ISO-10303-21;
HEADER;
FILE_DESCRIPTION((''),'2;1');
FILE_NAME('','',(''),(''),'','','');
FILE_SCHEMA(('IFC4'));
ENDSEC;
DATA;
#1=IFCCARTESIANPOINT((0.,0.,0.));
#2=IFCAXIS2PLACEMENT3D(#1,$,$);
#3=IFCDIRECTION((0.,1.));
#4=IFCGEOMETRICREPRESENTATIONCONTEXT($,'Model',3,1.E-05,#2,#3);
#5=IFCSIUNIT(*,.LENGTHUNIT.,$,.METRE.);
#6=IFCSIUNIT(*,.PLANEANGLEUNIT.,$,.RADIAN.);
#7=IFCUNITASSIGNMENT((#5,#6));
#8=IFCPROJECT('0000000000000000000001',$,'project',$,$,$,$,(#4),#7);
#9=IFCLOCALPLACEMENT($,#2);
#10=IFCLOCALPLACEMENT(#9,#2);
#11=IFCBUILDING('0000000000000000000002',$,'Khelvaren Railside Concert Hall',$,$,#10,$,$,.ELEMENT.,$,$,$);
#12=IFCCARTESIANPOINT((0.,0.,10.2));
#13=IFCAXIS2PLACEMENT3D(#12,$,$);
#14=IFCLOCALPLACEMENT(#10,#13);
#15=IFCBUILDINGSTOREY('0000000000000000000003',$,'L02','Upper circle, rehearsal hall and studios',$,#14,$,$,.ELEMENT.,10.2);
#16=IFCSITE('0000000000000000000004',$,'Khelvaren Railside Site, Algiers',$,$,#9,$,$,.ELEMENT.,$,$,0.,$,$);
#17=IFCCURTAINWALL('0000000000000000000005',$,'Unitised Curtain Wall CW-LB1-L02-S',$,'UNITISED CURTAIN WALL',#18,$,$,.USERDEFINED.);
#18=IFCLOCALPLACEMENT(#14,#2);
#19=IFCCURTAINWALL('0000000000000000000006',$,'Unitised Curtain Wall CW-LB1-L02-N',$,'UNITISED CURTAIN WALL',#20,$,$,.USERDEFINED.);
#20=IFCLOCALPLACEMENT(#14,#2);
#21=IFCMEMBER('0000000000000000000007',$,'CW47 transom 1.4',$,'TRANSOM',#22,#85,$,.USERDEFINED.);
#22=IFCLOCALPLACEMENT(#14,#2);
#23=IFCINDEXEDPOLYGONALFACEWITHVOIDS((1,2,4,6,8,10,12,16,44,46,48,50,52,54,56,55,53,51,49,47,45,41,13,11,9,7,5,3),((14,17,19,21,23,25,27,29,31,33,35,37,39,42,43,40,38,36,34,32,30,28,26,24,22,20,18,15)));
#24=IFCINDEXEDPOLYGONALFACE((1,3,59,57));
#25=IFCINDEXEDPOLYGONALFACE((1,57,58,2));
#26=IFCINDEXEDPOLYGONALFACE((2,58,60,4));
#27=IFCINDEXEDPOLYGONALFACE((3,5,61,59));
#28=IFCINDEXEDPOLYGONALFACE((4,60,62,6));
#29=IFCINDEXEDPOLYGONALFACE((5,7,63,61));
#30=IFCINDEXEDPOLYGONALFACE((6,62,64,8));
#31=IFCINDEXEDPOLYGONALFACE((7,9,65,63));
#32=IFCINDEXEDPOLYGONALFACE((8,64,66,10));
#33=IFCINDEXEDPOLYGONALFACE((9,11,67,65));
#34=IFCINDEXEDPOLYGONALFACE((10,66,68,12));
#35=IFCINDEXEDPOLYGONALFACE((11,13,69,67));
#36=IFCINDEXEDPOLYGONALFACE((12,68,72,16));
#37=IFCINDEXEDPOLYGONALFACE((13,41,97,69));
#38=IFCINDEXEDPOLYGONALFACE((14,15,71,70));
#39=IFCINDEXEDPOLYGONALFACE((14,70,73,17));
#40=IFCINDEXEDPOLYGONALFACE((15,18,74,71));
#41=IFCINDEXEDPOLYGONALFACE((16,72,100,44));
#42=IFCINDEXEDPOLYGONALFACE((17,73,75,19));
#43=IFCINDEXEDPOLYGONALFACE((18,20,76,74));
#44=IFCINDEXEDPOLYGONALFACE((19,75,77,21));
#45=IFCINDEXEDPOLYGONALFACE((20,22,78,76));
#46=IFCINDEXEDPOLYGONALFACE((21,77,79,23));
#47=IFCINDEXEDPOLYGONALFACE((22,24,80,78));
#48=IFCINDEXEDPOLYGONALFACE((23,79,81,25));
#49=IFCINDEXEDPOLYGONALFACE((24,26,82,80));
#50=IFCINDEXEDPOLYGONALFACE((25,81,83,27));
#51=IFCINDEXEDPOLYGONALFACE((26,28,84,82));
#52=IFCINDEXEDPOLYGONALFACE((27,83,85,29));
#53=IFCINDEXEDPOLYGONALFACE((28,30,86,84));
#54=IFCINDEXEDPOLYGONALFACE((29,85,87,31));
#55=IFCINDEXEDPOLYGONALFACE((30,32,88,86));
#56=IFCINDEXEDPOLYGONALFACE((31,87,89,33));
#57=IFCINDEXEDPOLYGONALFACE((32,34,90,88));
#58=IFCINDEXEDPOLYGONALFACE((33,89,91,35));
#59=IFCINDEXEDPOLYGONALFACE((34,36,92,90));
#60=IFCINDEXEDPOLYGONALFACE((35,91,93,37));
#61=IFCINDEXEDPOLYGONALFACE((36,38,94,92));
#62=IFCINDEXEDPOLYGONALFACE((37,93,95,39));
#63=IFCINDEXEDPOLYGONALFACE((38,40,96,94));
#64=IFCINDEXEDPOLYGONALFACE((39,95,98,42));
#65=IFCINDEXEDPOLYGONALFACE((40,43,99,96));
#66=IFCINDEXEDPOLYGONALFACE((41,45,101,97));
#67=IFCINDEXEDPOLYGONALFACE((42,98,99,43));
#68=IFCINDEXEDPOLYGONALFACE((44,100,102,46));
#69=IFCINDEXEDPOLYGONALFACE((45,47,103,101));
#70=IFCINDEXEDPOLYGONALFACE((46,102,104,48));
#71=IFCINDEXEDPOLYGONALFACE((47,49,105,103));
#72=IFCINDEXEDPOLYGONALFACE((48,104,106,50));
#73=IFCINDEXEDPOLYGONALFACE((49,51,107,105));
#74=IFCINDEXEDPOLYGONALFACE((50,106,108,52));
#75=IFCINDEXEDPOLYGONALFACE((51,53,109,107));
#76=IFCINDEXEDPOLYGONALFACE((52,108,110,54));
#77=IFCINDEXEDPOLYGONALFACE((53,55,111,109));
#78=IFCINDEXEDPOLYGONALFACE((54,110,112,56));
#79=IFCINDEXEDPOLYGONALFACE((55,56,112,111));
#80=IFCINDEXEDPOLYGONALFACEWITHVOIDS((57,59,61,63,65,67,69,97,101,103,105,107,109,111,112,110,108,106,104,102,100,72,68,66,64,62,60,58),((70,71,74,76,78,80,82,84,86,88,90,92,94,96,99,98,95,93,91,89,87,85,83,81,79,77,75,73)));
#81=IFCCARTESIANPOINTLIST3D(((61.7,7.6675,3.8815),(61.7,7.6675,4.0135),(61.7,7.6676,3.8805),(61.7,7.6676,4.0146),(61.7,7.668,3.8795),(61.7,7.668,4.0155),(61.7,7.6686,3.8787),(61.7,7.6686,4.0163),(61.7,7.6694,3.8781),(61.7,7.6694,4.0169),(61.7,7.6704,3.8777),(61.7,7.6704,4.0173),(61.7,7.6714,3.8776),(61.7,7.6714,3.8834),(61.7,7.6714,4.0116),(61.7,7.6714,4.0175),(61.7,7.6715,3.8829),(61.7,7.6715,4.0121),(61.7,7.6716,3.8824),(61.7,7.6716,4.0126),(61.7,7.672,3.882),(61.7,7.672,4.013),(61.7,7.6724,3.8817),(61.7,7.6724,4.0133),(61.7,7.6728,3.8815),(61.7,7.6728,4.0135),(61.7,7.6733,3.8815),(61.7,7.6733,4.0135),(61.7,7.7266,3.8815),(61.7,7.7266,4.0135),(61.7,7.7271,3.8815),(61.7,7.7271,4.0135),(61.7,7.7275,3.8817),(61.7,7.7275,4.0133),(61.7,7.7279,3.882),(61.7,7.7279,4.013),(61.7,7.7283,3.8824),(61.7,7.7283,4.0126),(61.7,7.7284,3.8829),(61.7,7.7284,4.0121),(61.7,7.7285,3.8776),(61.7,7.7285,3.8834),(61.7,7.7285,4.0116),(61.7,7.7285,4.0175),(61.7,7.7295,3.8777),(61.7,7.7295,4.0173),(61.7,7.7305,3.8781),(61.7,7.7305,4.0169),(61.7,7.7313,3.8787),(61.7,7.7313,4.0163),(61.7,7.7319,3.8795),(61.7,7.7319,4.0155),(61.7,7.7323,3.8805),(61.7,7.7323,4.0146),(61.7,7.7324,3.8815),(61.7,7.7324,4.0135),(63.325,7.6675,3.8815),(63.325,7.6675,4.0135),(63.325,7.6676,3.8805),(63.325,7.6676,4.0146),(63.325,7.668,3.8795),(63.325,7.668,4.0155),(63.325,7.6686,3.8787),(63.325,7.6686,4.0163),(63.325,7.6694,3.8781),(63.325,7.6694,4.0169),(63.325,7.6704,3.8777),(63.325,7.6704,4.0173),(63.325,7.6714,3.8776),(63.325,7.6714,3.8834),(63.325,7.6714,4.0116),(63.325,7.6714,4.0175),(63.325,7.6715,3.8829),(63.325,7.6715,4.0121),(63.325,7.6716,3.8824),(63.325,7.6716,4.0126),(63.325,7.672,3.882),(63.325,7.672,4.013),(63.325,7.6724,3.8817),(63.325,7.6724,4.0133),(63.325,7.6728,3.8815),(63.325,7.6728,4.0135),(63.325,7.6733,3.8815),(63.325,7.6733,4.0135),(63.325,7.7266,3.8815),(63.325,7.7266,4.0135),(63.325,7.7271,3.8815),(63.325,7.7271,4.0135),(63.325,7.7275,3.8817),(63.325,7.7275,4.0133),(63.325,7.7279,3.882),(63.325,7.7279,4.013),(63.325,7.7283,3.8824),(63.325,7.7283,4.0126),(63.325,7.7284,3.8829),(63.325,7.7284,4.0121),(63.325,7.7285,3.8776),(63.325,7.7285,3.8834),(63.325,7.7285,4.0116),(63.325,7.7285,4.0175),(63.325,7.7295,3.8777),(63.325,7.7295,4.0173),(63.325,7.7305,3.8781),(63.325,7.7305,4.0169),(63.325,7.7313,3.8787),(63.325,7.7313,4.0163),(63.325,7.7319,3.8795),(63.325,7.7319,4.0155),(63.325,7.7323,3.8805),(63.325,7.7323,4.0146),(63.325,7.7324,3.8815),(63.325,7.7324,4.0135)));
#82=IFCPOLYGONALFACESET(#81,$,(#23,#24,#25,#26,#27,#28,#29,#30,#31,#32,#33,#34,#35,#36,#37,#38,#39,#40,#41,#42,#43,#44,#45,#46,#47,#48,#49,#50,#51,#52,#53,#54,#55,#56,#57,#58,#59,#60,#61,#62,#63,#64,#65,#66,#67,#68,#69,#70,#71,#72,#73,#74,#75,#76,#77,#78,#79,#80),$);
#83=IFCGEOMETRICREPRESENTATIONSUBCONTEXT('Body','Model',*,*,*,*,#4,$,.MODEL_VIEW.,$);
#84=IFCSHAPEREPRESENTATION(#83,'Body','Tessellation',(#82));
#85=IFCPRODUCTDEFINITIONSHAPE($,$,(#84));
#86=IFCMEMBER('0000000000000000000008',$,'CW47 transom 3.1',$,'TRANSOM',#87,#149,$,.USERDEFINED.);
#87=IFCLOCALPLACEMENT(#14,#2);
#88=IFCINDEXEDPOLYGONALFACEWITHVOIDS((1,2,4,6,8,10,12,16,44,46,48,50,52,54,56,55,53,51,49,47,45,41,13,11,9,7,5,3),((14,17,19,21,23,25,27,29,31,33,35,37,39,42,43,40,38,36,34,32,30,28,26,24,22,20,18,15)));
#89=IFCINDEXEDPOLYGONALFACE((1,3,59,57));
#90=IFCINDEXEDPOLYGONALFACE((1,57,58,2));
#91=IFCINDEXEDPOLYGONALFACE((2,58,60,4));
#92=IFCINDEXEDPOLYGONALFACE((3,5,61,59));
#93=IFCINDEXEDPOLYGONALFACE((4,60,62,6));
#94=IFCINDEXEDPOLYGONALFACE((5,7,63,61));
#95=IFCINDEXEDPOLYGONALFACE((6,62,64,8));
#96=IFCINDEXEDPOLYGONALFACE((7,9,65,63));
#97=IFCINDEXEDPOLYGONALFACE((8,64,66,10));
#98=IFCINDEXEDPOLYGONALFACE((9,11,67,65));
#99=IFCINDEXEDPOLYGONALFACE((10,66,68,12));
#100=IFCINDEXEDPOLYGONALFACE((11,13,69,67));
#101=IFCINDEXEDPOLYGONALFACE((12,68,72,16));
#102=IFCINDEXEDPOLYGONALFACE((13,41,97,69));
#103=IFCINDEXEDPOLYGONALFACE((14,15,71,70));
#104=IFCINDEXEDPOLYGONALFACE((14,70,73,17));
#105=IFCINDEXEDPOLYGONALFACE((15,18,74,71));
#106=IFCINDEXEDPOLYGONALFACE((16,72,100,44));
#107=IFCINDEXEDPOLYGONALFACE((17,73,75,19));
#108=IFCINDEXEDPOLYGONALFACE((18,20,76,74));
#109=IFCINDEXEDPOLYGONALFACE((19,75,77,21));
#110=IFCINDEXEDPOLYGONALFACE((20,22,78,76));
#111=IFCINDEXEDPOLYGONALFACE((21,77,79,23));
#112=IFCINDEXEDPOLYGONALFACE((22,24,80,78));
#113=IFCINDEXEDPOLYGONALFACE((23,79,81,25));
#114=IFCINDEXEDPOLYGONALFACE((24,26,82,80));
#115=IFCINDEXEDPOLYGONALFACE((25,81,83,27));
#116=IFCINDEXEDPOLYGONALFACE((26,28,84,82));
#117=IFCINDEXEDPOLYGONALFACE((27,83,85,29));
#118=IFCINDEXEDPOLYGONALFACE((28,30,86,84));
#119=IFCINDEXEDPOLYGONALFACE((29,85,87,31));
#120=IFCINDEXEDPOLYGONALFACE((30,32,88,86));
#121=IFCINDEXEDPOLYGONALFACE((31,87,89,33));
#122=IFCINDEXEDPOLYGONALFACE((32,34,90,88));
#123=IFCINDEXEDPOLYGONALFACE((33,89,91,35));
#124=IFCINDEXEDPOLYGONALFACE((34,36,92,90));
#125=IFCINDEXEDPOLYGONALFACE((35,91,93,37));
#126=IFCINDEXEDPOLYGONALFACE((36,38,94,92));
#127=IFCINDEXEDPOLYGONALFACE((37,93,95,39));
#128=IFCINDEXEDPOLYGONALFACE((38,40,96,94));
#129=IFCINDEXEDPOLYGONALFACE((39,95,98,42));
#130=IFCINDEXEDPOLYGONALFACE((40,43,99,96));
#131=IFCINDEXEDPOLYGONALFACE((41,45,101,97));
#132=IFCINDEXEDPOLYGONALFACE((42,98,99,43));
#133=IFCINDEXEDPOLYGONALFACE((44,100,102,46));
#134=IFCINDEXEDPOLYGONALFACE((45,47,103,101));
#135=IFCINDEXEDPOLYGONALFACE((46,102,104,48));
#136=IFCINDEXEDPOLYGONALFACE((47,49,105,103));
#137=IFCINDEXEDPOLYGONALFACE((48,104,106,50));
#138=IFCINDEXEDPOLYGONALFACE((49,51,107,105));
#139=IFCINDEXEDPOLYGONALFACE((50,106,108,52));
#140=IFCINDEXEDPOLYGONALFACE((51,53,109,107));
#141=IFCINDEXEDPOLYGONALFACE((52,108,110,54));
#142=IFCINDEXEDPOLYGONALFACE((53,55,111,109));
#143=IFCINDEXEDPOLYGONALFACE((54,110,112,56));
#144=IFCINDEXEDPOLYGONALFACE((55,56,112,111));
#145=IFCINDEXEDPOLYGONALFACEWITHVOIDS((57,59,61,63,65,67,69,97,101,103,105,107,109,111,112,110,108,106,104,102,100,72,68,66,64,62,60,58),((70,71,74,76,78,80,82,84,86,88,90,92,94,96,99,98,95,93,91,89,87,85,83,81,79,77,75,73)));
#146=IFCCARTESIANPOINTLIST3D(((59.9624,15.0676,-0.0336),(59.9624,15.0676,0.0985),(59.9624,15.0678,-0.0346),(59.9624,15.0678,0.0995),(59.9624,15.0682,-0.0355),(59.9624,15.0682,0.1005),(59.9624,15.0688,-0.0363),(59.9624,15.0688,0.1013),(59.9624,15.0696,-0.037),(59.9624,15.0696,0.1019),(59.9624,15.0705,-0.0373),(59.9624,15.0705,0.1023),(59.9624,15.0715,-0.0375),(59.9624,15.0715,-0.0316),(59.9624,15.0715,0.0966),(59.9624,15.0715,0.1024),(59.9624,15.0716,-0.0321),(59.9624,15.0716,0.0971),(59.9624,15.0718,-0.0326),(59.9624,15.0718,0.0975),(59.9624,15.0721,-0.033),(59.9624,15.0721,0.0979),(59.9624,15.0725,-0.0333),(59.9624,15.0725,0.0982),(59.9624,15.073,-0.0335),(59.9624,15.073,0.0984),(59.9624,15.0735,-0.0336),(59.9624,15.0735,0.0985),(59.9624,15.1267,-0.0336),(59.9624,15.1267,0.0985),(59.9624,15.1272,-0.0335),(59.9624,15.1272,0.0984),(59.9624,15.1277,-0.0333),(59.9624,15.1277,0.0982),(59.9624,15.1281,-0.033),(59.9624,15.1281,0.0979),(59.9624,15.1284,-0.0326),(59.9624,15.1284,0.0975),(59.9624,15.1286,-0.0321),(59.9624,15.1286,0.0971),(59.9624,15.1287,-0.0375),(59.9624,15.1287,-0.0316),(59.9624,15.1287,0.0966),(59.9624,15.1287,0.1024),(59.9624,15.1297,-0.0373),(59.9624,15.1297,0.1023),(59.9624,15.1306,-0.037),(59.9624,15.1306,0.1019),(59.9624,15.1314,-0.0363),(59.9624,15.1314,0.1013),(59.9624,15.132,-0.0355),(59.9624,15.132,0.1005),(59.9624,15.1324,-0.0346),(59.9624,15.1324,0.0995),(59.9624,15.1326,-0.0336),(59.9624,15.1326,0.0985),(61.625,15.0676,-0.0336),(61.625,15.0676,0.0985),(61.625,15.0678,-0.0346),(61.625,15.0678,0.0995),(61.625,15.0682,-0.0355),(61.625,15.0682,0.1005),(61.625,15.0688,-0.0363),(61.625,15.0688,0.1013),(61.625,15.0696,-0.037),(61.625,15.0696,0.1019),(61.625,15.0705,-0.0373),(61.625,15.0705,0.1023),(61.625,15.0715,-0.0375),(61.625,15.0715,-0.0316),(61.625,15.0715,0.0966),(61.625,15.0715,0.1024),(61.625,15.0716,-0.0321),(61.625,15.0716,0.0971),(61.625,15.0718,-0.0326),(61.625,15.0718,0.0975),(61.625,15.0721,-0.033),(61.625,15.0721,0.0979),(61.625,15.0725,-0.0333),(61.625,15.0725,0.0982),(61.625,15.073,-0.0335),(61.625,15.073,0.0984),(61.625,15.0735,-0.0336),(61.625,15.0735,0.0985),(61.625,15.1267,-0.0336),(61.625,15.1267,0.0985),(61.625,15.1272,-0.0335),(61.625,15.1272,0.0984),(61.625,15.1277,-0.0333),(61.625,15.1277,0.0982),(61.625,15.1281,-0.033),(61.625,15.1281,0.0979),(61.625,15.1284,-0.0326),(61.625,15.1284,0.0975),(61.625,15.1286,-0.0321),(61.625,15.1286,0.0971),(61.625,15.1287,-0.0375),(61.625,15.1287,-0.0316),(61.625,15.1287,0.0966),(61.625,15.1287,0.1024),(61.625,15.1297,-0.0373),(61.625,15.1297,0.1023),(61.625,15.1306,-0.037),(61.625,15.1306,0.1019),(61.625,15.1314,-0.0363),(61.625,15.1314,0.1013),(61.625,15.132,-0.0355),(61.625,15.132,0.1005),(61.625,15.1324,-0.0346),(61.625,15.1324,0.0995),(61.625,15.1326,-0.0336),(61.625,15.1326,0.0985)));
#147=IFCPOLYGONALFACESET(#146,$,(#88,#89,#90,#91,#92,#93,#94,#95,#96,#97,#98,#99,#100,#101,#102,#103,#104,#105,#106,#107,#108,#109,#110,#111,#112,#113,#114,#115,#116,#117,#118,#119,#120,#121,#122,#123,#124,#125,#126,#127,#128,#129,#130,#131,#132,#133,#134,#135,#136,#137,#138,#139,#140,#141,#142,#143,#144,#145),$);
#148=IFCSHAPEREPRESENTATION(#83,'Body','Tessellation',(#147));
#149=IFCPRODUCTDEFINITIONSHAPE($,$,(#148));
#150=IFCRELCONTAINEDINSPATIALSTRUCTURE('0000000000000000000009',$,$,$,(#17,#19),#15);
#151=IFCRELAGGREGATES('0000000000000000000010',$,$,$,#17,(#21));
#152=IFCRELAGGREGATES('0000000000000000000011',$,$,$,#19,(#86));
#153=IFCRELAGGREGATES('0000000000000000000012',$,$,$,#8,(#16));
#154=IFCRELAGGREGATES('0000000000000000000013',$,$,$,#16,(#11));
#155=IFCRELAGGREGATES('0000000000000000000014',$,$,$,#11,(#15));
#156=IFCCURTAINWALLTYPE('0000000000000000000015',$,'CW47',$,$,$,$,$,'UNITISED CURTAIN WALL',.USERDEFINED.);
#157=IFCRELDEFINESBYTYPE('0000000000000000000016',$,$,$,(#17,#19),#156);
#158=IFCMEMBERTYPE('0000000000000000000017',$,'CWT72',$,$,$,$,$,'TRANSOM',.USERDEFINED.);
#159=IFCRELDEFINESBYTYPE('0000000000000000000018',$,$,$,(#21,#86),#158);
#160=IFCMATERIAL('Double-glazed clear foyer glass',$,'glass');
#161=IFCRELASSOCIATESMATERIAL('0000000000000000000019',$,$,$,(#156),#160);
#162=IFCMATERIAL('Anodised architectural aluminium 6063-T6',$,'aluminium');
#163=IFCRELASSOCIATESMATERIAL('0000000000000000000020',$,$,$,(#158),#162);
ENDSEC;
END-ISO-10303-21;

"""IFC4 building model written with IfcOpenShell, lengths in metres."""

from ifc_helpers import new_model, si_unit, direction, frame, origin, origin_2d, place, context, subcontext, project, spatial, hollow_rectangle, extrude, material, material_profile, profile_set, type_object, element, aggregate, save


model = new_model("IFC4")

# Units and contexts
model_context = context("Model", 3, precision=1e-05, world=origin(), true_north=direction((0.0, 1.0)))
body_context = subcontext(model_context, "Body", "Model", "MODEL_VIEW")
ifc_project = project(units=[si_unit("LENGTHUNIT", "METRE"), si_unit("PLANEANGLEUNIT", "RADIAN")], contexts=[model_context])

# Site, building, storey
site_placement = place(None, origin())
site = spatial("IfcSite", under=ifc_project, at=site_placement, Name="Khelvaren Railside Site, Algiers", CompositionType="ELEMENT", RefElevation=0.0)
building_placement = place(site_placement, origin())
building = spatial("IfcBuilding", under=site, at=building_placement, Name="Khelvaren Railside Concert Hall", CompositionType="ELEMENT")
storey_placement = place(building_placement, frame((0.0, 0.0, 10.2)))
storey = spatial("IfcBuildingStorey", under=building, at=storey_placement, Name="L02", Description="Upper circle, rehearsal hall and studios", CompositionType="ELEMENT", Elevation=10.2)

# Curtain wall
ifc_material_1 = material(Name="Double-glazed clear foyer glass", Category="glass")
curtain_wall_type = type_object("IfcCurtainWallType", Name="CW47", ElementType="UNITISED CURTAIN WALL", PredefinedType="USERDEFINED", material=ifc_material_1)
curtain_wall_1_placement = place(storey_placement, origin())
curtain_wall_1 = element("IfcCurtainWall", 1, at=curtain_wall_1_placement, inside=storey, type_object=curtain_wall_type, Name="Unitised Curtain Wall CW-LB1-L02-S", ObjectType="UNITISED CURTAIN WALL", PredefinedType="USERDEFINED")
ifc_material_2 = material(Name="Anodised architectural aluminium 6063-T6", Category="aluminium")

# Curtain wall
curtain_wall_2_placement = place(storey_placement, origin())
curtain_wall_2 = element("IfcCurtainWall", 2, at=curtain_wall_2_placement, inside=storey, type_object=curtain_wall_type, Name="Unitised Curtain Wall CW-LB1-L02-N", ObjectType="UNITISED CURTAIN WALL", PredefinedType="USERDEFINED")

# Members
ifc_material_profile_1 = material_profile(ifc_material_2, hollow_rectangle(XDim=0.0649, YDim=0.1399, WallThickness=0.0039, InnerFilletRadius=0.002, OuterFilletRadius=0.0039, at=origin_2d()), Name="CWT 65x140x4")
ifc_profile_set_1 = profile_set([ifc_material_profile_1], Name="Anodised architectural aluminium 6063-T6")
member_type_1 = type_object("IfcMemberType", Name="CWT72", ElementType="TRANSOM", PredefinedType="USERDEFINED", material=ifc_profile_set_1)
member_1_placement = place(storey_placement, frame((63.325, 7.7, 3.9475), z_axis=(-1.0, 0.0, 0.0), x_axis=(0.0, -1.0, 0.0)))
member_1 = element("IfcMember", 3, at=member_1_placement, type_object=member_type_1, Name="CW47 transom 1.4", ObjectType="TRANSOM", PredefinedType="USERDEFINED", context=body_context, shape_type="SweptSolid", body=[
    extrude(hollow_rectangle(XDim=0.0649, YDim=0.1399, WallThickness=0.0039, InnerFilletRadius=0.002, OuterFilletRadius=0.0039, at=origin_2d()), origin(), (0.0, 0.0, 1.0), 1.625),
])
member_2_placement = place(storey_placement, frame((59.9624, 15.1001, 0.0325), z_axis=(1.0, 0.0, 0.0), x_axis=(0.0, 1.0, 0.0)))
member_2 = element("IfcMember", 4, at=member_2_placement, type_object=member_type_1, Name="CW47 transom 3.1", ObjectType="TRANSOM", PredefinedType="USERDEFINED", context=body_context, shape_type="SweptSolid", body=[
    extrude(hollow_rectangle(XDim=0.0649, YDim=0.1399, WallThickness=0.0039, InnerFilletRadius=0.002, OuterFilletRadius=0.0039, at=origin_2d()), origin(), (0.0, 0.0, 1.0), 1.6626),
])

aggregate(curtain_wall_1, [member_1])
aggregate(curtain_wall_2, [member_2])

save(model, "model.ifc")
